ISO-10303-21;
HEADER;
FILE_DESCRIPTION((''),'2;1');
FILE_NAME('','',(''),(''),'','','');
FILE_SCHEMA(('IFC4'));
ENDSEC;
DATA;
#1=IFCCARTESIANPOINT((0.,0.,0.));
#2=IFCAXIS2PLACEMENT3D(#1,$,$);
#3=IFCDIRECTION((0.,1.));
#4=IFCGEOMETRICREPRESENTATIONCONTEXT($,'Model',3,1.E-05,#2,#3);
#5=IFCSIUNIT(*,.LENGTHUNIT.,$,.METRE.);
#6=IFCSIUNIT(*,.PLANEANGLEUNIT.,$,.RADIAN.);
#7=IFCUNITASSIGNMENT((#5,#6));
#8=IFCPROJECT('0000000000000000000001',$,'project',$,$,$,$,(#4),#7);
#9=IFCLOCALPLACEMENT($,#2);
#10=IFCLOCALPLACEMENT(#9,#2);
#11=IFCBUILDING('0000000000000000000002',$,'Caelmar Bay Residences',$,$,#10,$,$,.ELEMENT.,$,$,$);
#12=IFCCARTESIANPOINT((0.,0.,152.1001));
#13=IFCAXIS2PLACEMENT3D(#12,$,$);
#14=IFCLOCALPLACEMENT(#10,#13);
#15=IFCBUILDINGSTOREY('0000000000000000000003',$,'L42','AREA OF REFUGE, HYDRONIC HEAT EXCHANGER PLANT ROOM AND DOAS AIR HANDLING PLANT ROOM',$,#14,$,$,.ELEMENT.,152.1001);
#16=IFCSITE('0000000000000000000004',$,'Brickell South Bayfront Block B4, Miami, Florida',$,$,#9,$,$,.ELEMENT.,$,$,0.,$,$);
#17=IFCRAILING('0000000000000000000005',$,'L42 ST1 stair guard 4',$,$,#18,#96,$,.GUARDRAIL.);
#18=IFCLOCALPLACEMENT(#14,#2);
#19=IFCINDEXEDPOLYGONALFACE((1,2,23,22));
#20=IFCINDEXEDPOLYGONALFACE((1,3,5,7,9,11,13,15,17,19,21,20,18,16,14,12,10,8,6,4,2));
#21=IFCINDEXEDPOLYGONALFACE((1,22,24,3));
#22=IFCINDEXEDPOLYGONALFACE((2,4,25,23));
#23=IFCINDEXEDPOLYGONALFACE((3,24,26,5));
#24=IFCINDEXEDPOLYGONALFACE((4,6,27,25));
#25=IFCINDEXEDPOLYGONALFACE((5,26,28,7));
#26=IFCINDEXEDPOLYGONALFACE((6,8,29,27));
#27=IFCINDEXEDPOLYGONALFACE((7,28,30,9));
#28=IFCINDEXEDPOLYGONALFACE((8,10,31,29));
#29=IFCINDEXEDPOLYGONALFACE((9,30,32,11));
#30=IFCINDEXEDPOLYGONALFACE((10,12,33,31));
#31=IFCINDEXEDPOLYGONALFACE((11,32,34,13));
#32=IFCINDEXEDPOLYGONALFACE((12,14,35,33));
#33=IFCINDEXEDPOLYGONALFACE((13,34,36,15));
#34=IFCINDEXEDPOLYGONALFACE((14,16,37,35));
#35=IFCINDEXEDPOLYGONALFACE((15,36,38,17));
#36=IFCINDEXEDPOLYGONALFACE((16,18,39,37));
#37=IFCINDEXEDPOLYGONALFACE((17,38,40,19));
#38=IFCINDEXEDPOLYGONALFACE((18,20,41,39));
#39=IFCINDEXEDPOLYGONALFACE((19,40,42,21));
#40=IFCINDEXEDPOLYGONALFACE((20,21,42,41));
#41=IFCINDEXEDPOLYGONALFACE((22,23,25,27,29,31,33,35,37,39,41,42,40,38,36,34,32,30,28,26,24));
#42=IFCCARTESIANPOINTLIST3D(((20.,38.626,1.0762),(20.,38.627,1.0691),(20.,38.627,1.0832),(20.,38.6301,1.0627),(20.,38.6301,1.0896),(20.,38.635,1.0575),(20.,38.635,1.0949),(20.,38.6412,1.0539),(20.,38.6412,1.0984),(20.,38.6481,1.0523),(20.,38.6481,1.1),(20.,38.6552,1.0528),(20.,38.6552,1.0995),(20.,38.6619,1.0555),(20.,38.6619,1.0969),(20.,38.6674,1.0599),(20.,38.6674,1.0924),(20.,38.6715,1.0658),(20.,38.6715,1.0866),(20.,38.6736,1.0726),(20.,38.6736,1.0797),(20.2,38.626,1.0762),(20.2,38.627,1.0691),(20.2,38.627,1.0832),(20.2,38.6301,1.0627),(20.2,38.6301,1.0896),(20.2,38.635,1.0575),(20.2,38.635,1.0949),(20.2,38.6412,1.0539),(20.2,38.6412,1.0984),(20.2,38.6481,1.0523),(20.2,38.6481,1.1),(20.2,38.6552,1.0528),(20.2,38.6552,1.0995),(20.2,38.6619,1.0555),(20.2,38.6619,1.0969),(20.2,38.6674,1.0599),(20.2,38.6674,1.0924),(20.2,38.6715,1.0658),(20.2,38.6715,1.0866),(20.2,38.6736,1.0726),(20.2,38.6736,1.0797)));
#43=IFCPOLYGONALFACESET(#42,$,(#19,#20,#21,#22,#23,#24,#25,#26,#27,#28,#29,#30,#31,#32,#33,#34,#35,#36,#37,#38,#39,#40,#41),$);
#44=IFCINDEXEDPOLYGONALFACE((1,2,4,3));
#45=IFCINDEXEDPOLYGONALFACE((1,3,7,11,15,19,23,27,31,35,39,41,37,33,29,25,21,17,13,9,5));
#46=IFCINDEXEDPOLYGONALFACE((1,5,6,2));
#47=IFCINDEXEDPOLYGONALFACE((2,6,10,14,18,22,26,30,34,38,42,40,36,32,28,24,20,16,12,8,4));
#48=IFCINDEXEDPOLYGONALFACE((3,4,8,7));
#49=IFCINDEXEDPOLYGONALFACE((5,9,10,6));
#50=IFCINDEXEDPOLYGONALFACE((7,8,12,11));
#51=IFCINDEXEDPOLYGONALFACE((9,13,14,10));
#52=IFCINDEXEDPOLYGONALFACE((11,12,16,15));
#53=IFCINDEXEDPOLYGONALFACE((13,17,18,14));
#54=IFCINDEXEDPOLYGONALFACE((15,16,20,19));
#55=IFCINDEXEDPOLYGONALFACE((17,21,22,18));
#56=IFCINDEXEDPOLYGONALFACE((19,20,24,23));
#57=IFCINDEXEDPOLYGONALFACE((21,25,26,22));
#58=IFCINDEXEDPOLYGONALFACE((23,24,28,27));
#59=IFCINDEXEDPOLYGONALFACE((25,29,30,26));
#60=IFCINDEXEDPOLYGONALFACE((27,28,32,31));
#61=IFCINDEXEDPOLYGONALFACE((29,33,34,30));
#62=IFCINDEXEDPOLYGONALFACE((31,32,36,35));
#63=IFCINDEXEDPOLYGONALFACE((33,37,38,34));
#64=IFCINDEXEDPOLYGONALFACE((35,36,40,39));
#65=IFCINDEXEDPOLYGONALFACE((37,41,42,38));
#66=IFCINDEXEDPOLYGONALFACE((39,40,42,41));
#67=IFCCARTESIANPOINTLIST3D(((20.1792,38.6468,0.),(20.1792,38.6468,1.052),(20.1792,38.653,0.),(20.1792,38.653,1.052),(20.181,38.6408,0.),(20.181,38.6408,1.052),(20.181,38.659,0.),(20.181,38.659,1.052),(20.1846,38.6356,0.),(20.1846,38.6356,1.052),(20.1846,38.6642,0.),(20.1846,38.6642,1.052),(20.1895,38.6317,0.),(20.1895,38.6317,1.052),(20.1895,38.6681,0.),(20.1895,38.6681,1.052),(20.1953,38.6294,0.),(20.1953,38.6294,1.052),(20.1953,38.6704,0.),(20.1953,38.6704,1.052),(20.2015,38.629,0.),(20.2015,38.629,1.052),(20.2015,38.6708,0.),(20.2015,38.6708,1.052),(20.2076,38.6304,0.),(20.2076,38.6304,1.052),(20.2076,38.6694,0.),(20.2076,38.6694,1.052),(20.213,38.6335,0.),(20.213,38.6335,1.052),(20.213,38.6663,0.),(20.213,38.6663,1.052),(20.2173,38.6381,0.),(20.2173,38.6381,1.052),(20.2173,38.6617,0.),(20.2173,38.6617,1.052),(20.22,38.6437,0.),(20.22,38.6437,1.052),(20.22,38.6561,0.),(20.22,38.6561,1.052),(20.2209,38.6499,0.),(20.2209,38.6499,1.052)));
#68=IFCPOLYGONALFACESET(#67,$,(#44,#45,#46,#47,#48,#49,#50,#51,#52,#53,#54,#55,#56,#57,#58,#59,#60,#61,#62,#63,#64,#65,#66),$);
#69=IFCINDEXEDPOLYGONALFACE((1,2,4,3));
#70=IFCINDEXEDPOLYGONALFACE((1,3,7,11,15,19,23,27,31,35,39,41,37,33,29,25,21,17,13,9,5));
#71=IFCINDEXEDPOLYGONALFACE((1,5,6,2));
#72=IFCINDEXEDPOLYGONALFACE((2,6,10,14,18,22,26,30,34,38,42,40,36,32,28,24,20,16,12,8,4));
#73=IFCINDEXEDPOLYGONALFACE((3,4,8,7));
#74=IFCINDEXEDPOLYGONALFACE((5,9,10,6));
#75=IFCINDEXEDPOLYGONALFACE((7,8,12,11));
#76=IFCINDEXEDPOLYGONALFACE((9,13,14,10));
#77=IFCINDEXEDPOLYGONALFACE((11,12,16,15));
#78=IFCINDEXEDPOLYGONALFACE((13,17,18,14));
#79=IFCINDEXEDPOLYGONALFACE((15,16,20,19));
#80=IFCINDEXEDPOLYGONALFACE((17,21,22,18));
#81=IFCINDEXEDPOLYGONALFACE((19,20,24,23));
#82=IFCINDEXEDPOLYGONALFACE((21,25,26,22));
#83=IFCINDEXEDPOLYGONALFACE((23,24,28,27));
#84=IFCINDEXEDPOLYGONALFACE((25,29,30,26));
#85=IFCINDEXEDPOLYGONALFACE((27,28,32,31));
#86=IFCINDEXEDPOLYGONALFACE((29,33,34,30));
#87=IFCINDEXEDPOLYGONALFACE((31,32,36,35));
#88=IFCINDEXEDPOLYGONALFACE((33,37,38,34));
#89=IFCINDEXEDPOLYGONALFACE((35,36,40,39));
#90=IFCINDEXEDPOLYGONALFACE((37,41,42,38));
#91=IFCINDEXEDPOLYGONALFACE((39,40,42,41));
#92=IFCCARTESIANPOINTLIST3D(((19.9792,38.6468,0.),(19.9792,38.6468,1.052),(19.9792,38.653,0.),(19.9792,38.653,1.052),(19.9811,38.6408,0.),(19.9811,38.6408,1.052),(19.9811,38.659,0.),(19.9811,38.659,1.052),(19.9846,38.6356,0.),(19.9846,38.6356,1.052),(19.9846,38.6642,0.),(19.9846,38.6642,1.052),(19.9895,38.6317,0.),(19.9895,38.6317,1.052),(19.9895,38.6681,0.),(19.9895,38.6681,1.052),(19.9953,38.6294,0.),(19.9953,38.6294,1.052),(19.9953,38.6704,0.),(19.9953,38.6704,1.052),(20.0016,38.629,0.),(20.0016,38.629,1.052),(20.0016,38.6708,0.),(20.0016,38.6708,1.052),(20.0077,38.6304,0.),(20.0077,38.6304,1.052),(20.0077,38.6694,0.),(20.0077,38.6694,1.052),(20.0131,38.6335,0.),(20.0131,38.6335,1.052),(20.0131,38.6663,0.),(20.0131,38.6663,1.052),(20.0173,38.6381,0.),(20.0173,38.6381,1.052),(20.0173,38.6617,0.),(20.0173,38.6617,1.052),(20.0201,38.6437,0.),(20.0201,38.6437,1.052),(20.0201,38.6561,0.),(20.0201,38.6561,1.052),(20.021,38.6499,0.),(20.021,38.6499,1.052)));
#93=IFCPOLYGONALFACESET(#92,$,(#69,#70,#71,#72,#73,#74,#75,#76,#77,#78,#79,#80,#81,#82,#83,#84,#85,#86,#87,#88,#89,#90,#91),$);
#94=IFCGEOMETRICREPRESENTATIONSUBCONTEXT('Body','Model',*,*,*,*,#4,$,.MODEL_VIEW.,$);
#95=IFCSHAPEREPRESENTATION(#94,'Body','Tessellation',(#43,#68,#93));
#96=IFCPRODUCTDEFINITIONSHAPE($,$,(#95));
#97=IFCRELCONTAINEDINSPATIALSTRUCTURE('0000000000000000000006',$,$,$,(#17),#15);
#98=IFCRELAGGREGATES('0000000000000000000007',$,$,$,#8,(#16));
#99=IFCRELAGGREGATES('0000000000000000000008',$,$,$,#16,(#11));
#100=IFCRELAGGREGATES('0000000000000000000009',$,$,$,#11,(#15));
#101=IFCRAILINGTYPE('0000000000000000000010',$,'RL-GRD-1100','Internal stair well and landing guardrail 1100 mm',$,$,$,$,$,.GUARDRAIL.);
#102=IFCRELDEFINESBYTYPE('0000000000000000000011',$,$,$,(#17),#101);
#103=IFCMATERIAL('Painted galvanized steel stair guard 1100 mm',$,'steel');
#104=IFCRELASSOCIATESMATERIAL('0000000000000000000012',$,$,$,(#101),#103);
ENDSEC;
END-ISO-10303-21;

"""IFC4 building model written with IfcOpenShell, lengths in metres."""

from ifc_helpers import new_model, si_unit, direction, frame, origin, origin_2d, place, context, subcontext, project, spatial, circle, extrude, material, type_object, element, save


model = new_model("IFC4")

# Units and contexts
model_context = context("Model", 3, precision=1e-05, world=origin(), true_north=direction((0.0, 1.0)))
body_context = subcontext(model_context, "Body", "Model", "MODEL_VIEW")
ifc_project = project(units=[si_unit("LENGTHUNIT", "METRE"), si_unit("PLANEANGLEUNIT", "RADIAN")], contexts=[model_context])

# Site, building, storey
site_placement = place(None, origin())
site = spatial("IfcSite", under=ifc_project, at=site_placement, Name="Brickell South Bayfront Block B4, Miami, Florida", CompositionType="ELEMENT", RefElevation=0.0)
building_placement = place(site_placement, origin())
building = spatial("IfcBuilding", under=site, at=building_placement, Name="Caelmar Bay Residences", CompositionType="ELEMENT")
storey_placement = place(building_placement, frame((0.0, 0.0, 152.1001)))
storey = spatial("IfcBuildingStorey", under=building, at=storey_placement, Name="L42", Description="AREA OF REFUGE, HYDRONIC HEAT EXCHANGER PLANT ROOM AND DOAS AIR HANDLING PLANT ROOM", CompositionType="ELEMENT", Elevation=152.1001)

# Railing
ifc_material_1 = material(Name="Painted galvanized steel stair guard 1100 mm", Category="steel")
railing_type_1 = type_object("IfcRailingType", Name="RL-GRD-1100", Description="Internal stair well and landing guardrail 1100 mm", PredefinedType="GUARDRAIL", material=ifc_material_1)
railing_1_placement = place(storey_placement, frame((20.2, 38.6499, 0.0)))
element("IfcRailing", 1, at=railing_1_placement, inside=storey, type_object=railing_type_1, Name="L42 ST1 stair guard 4", PredefinedType="GUARDRAIL", context=body_context, shape_type="SweptSolid", body=[
    extrude(circle(Radius=0.0239, at=origin_2d()), frame((0.0, 0.0, 1.0762), z_axis=(-1.0, 0.0, 0.0), x_axis=(0.0, -1.0, 0.0)), (0.0, 0.0, 1.0), 0.2),
    extrude(circle(Radius=0.021, at=origin_2d()), origin(), (0.0, 0.0, 1.0), 1.052),
    extrude(circle(Radius=0.021, at=origin_2d()), frame((-0.2, 0.0, 0.0)), (0.0, 0.0, 1.0), 1.052),
])

save(model, "model.ifc")
